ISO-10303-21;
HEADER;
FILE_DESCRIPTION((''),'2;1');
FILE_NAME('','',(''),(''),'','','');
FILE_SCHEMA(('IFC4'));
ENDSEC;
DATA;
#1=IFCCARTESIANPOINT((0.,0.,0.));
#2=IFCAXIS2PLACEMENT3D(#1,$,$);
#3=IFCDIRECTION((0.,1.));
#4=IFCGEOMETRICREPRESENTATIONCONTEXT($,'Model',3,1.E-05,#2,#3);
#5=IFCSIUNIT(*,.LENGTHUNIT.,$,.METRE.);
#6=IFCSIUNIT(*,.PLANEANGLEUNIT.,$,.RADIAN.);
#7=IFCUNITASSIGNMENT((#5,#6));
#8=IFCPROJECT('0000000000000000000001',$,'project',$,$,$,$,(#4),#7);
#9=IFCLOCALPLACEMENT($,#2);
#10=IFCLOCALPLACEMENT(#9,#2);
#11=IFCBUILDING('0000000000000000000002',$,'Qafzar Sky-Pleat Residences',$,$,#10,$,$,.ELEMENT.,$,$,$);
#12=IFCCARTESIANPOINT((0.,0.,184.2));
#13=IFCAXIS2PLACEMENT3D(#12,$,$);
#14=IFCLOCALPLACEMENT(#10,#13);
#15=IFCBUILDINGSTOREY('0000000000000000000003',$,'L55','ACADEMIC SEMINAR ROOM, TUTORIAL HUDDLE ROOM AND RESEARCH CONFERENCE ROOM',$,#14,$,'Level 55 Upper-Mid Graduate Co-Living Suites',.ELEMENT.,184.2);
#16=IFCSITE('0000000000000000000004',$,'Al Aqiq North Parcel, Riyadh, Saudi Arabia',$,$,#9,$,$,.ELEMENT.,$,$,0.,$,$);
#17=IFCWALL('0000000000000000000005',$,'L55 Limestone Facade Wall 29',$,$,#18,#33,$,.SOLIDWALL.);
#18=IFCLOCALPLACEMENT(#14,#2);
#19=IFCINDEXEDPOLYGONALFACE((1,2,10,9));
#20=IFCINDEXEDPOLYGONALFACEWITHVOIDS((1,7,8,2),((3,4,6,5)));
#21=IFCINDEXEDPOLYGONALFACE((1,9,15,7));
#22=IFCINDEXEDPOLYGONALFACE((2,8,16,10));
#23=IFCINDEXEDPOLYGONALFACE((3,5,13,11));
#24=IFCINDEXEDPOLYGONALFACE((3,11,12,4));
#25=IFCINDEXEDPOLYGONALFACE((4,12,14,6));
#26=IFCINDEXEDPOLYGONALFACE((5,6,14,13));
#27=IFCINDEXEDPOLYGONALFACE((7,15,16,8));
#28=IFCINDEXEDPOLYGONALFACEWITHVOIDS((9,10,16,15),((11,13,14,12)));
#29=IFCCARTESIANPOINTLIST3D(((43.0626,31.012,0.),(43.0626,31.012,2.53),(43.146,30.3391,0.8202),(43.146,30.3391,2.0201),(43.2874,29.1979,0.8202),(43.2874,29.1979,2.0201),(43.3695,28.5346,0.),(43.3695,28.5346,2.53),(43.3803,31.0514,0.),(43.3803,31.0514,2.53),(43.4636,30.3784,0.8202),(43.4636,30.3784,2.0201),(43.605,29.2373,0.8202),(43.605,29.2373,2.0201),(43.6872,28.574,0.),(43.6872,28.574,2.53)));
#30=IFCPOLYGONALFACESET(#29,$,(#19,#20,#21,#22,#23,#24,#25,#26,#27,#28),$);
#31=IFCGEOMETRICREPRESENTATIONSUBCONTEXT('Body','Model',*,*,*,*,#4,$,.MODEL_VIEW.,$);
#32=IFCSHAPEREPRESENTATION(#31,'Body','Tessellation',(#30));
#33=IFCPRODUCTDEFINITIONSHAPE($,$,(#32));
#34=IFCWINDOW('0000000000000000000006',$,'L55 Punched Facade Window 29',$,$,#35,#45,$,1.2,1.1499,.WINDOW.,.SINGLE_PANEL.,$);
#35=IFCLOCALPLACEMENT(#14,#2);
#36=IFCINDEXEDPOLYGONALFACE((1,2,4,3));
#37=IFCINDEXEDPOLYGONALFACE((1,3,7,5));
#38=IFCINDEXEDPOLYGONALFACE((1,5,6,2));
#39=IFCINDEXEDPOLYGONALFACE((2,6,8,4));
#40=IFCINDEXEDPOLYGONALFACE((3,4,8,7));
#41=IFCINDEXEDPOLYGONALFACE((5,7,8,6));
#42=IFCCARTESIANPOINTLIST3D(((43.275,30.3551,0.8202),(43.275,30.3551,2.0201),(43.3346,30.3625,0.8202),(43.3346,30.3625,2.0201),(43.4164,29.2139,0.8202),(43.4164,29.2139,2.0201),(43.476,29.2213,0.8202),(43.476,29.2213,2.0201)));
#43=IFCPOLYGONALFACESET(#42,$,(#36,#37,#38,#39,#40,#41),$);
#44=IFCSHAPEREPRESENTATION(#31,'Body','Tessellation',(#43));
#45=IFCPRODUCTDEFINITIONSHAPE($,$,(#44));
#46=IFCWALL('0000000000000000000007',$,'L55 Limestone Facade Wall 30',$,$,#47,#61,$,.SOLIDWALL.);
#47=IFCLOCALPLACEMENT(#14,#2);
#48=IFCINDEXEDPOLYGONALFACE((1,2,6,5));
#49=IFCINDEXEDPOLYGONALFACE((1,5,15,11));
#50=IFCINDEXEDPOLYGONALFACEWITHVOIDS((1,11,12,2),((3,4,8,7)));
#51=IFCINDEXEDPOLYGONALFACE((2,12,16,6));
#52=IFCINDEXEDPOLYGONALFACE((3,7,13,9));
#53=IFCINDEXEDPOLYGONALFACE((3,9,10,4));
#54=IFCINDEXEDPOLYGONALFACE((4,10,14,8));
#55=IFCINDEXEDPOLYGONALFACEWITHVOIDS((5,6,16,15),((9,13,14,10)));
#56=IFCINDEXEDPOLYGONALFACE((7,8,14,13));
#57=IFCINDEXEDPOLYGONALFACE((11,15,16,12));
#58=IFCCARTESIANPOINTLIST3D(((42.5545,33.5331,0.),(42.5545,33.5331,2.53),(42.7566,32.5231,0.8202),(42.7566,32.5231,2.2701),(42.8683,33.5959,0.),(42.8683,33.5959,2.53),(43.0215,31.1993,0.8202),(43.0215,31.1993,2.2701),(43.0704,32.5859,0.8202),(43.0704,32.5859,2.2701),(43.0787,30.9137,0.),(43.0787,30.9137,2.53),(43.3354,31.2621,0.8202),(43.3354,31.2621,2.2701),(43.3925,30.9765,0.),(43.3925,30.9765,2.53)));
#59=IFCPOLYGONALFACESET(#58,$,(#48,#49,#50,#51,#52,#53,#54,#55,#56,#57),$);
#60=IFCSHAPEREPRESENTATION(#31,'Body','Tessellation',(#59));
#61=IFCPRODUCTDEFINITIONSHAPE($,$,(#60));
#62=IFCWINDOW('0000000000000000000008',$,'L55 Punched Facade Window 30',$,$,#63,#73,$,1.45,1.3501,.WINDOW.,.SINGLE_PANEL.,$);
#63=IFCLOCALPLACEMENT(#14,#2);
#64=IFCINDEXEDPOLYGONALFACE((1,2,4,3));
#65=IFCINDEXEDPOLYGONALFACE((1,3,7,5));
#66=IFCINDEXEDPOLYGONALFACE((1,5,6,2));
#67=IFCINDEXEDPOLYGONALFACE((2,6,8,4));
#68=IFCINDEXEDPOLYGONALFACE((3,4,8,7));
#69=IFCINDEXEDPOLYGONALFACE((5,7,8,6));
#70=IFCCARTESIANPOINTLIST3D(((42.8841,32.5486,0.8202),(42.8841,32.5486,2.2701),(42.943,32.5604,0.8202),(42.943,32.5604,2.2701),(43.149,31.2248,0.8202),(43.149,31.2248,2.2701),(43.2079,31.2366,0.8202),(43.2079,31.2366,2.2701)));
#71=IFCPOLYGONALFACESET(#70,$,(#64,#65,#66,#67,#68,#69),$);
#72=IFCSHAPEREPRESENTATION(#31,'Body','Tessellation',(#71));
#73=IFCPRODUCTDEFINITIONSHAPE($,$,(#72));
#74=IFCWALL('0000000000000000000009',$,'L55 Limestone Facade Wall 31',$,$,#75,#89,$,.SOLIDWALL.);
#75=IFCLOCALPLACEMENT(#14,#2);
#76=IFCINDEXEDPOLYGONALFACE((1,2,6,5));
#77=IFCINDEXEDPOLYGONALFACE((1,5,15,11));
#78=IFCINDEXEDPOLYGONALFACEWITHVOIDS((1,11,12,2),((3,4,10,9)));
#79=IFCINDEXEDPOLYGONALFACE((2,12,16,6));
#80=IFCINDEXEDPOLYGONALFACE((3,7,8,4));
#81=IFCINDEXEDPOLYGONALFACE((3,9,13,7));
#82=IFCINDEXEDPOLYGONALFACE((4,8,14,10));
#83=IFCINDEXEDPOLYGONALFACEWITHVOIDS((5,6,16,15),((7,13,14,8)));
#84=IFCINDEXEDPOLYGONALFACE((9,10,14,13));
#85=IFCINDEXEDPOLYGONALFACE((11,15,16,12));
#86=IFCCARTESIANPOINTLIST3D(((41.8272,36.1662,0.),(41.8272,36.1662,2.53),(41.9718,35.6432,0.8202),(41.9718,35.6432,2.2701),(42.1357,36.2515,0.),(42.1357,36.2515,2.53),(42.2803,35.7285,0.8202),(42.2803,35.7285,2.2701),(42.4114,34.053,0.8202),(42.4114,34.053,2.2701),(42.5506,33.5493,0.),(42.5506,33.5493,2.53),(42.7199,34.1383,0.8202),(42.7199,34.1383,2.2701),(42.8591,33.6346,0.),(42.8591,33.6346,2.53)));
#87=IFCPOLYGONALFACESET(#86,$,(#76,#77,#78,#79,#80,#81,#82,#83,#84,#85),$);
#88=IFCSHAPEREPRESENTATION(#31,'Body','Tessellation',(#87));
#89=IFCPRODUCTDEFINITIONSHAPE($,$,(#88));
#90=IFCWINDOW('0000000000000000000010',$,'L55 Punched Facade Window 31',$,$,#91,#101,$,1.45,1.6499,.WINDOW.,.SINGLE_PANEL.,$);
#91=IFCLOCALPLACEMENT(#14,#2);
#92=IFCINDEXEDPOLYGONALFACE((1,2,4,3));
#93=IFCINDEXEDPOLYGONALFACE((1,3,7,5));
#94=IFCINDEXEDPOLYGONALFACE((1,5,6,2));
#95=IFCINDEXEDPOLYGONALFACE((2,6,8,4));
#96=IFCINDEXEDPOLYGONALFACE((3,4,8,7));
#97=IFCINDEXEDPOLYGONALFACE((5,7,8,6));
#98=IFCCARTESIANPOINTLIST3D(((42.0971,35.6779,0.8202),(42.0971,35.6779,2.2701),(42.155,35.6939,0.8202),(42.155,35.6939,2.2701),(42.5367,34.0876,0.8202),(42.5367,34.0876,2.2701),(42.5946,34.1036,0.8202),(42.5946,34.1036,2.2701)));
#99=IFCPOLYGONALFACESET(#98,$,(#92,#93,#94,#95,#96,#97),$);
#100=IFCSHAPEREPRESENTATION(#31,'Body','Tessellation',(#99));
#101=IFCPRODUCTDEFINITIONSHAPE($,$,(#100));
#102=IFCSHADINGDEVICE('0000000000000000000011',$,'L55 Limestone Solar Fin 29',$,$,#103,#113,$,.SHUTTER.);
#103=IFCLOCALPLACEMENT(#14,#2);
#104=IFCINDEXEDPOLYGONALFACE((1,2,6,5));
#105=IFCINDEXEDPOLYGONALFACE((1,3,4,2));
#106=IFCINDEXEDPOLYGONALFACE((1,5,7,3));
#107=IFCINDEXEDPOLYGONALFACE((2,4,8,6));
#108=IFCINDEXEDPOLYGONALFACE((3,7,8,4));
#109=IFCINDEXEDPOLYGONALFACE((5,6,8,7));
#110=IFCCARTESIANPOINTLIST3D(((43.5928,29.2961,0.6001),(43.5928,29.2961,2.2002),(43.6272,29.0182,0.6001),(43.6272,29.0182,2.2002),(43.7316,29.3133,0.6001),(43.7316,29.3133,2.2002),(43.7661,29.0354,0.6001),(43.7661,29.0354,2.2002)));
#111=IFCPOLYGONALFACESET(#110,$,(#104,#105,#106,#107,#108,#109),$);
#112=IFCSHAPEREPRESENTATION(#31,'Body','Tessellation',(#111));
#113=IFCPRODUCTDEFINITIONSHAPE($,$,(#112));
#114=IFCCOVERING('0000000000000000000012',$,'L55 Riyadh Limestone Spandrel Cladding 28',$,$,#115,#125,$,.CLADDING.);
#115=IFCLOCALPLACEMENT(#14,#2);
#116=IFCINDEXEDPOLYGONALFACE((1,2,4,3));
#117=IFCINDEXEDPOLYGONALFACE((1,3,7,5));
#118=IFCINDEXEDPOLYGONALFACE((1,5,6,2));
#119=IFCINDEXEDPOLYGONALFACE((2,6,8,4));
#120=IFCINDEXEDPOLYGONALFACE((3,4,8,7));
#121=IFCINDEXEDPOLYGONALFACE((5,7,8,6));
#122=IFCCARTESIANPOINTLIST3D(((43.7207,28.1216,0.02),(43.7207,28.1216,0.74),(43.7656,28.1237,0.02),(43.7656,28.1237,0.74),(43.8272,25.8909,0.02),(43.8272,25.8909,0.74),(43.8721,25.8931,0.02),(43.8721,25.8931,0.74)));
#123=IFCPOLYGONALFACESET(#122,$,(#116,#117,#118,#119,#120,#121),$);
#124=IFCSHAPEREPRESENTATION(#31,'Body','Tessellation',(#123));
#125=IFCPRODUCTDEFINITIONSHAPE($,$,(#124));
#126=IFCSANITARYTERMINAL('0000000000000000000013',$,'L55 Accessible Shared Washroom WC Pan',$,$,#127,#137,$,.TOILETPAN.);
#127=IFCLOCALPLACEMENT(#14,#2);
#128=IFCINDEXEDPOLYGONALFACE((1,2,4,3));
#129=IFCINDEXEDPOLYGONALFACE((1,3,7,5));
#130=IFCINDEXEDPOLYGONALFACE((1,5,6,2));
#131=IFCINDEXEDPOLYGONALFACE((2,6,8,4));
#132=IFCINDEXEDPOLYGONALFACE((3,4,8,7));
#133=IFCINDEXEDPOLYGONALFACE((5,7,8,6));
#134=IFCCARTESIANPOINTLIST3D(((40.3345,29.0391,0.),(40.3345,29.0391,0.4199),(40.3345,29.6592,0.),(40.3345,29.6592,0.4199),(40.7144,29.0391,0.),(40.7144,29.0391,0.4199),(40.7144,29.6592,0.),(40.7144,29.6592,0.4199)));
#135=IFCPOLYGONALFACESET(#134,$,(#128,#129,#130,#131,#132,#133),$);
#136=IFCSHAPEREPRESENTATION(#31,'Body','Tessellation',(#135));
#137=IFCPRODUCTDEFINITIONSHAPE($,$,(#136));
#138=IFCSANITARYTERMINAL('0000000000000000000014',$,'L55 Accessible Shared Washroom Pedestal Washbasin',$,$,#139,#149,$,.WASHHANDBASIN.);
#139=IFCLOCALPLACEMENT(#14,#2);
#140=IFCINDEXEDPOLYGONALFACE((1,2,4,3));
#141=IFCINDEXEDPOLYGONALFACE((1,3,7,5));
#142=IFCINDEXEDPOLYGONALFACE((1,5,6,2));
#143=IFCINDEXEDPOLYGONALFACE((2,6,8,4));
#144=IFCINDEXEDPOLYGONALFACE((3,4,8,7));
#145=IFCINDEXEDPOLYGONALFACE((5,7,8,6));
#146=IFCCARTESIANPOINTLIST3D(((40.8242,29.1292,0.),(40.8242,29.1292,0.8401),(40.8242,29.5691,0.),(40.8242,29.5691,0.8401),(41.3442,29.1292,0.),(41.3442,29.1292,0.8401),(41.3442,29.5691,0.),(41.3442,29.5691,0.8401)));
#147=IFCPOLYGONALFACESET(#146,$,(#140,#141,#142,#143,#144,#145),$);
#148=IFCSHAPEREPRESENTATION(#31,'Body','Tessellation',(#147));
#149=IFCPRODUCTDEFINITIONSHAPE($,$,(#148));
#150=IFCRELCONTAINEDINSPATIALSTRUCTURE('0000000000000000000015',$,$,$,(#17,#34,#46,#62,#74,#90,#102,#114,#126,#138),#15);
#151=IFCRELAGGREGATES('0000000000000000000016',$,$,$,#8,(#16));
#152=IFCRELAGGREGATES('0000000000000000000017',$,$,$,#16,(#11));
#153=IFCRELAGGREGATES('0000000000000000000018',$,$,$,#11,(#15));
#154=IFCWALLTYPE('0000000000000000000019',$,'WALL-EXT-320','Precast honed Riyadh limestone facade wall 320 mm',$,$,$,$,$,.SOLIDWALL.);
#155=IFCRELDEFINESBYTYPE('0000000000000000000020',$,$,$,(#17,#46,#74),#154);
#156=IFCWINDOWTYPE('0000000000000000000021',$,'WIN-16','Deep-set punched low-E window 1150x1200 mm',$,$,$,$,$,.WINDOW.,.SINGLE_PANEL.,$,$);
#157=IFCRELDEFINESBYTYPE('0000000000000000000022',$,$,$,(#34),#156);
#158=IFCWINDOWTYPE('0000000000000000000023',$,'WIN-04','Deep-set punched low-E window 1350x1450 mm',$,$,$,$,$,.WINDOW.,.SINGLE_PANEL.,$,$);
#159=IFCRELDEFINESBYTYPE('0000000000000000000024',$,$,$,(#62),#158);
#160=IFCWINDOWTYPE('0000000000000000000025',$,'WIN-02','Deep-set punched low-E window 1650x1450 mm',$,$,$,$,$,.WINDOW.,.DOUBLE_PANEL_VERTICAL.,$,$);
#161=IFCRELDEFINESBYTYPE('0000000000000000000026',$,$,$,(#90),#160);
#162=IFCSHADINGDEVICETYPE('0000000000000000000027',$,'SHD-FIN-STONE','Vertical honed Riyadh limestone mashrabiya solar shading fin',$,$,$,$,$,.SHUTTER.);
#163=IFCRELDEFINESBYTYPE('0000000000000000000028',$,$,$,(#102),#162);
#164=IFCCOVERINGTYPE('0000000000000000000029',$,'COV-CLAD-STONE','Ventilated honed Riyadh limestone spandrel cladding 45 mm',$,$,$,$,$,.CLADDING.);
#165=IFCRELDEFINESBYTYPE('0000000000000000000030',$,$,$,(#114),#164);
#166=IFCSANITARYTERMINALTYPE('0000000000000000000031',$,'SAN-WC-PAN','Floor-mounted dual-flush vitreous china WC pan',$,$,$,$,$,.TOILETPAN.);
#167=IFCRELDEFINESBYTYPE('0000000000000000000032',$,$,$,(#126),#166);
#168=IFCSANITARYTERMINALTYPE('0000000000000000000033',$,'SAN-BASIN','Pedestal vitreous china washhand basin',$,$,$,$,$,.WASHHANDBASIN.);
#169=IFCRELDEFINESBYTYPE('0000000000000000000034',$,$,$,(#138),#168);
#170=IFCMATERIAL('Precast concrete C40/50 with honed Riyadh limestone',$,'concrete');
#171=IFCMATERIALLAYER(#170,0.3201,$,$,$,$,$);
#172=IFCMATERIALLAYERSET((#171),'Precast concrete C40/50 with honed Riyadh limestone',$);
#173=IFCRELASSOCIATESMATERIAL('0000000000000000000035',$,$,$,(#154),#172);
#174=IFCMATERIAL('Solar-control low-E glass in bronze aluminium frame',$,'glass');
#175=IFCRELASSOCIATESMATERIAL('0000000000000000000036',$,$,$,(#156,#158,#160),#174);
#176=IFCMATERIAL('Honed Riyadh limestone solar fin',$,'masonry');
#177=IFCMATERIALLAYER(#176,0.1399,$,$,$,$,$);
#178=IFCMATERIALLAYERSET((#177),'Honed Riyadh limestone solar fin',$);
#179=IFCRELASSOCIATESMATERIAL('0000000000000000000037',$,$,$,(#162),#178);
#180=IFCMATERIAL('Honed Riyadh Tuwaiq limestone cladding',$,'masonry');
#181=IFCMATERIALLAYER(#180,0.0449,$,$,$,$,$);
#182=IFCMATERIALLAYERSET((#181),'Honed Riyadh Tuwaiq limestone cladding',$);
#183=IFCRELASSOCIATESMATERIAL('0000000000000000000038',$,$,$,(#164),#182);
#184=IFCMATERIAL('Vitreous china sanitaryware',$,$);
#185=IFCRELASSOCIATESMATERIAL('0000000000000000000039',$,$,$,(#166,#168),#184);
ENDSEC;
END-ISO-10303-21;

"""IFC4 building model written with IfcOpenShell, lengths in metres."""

from ifc_helpers import new_model, si_unit, direction, frame, frame_2d, origin, origin_2d, place, context, subcontext, project, spatial, rectangle, extrude, source, transform, mapped, material, layer, layer_set, type_object, element, fill, save


model = new_model("IFC4")

# Units and contexts
model_context = context("Model", 3, precision=1e-05, world=origin(), true_north=direction((0.0, 1.0)))
body_context = subcontext(model_context, "Body", "Model", "MODEL_VIEW")
ifc_project = project(units=[si_unit("LENGTHUNIT", "METRE"), si_unit("PLANEANGLEUNIT", "RADIAN")], contexts=[model_context])

# Site, building, storey
site_placement = place(None, origin())
site = spatial("IfcSite", under=ifc_project, at=site_placement, Name="Al Aqiq North Parcel, Riyadh, Saudi Arabia", CompositionType="ELEMENT", RefElevation=0.0)
building_placement = place(site_placement, origin())
building = spatial("IfcBuilding", under=site, at=building_placement, Name="Qafzar Sky-Pleat Residences", CompositionType="ELEMENT")
storey_placement = place(building_placement, frame((0.0, 0.0, 184.2)))
storey = spatial("IfcBuildingStorey", under=building, at=storey_placement, Name="L55", Description="ACADEMIC SEMINAR ROOM, TUTORIAL HUDDLE ROOM AND RESEARCH CONFERENCE ROOM", LongName="Level 55 Upper-Mid Graduate Co-Living Suites", CompositionType="ELEMENT", Elevation=184.2)

# Walls, openings, windows
ifc_material_1 = material(Name="Precast concrete C40/50 with honed Riyadh limestone", Category="concrete")
ifc_layer_1 = layer(ifc_material_1, 0.3201)
ifc_layer_set_1 = layer_set([ifc_layer_1], Name="Precast concrete C40/50 with honed Riyadh limestone")
wall_type_1 = type_object("IfcWallType", Name="WALL-EXT-320", Description="Precast honed Riyadh limestone facade wall 320 mm", PredefinedType="SOLIDWALL", material=ifc_layer_set_1)
wall_1_placement = place(storey_placement, frame((43.5283, 28.5544, 0.0), z_axis=(0.0, 0.0, 1.0), x_axis=(-0.122939, 0.992414, 0.0)))
wall_1 = element("IfcWall", 1, at=wall_1_placement, inside=storey, type_object=wall_type_1, Name="L55 Limestone Facade Wall 29", PredefinedType="SOLIDWALL", context=body_context, shape_type="SweptSolid", body=[
    extrude(rectangle(XDim=2.4963, YDim=0.3201, at=frame_2d((1.248, 0.0))), origin(), (0.0, 0.0, 1.0), 2.53),
])
opening_1_placement = place(wall_1_placement, frame((0.6682, 0.0, 0.8201)))
opening_1 = element("IfcOpeningElement", 2, at=opening_1_placement, cuts=wall_1, PredefinedType="OPENING", context=body_context, shape_type="SweptSolid", body=[
    extrude(rectangle(XDim=1.1499, YDim=1.2, at=frame_2d((0.575, 0.6001))), frame((0.0, 0.1699, 0.0), z_axis=(0.0, -1.0, 0.0), x_axis=(1.0, 0.0, 0.0)), (0.0, 0.0, 1.0), 0.3401),
])
ifc_material_2 = material(Name="Solar-control low-E glass in bronze aluminium frame", Category="glass")
window_type_1 = type_object("IfcWindowType", Name="WIN-16", Description="Deep-set punched low-E window 1150x1200 mm", PartitioningType="SINGLE_PANEL", PredefinedType="WINDOW", material=ifc_material_2)
shared_shape_1 = source(origin(), body_context, "Body", "SweptSolid", [
    extrude(rectangle(XDim=1.1499, YDim=1.2, at=frame_2d((0.575, 0.6001))), frame((0.0, 0.03, 0.0), z_axis=(0.0, -1.0, 0.0), x_axis=(1.0, 0.0, 0.0)), (0.0, 0.0, 1.0), 0.0601),
])
window_1_placement = place(opening_1_placement, origin())
window_1 = element("IfcWindow", 3, at=window_1_placement, inside=storey, type_object=window_type_1, Name="L55 Punched Facade Window 29", OverallHeight=1.2, OverallWidth=1.1499, PartitioningType="SINGLE_PANEL", PredefinedType="WINDOW", context=body_context, shape_type="MappedRepresentation", body=[
    mapped(shared_shape_1, transform((0.0, 0.0, 0.0), x_axis=(1.0, 0.0, 0.0), y_axis=(0.0, 1.0, 0.0), z_axis=(0.0, 0.0, 1.0), scale=1.0)),
])
fill(opening_1, window_1)
wall_2_placement = place(storey_placement, frame((43.2356, 30.9451, 0.0), z_axis=(0.0, 0.0, 1.0), x_axis=(-0.196222, 0.98056, 0.0)))
wall_2 = element("IfcWall", 4, at=wall_2_placement, inside=storey, type_object=wall_type_1, Name="L55 Limestone Facade Wall 30", PredefinedType="SOLIDWALL", context=body_context, shape_type="SweptSolid", body=[
    extrude(rectangle(XDim=2.6714, YDim=0.3201, at=frame_2d((1.3357, 0.0))), origin(), (0.0, 0.0, 1.0), 2.53),
])
opening_2_placement = place(wall_2_placement, frame((0.2913, 0.0, 0.8201)))
opening_2 = element("IfcOpeningElement", 5, at=opening_2_placement, cuts=wall_2, PredefinedType="OPENING", context=body_context, shape_type="SweptSolid", body=[
    extrude(rectangle(XDim=1.3501, YDim=1.45, at=frame_2d((0.675, 0.7251))), frame((0.0, 0.1699, 0.0), z_axis=(0.0, -1.0, 0.0), x_axis=(1.0, 0.0, 0.0)), (0.0, 0.0, 1.0), 0.3401),
])
window_type_2 = type_object("IfcWindowType", Name="WIN-04", Description="Deep-set punched low-E window 1350x1450 mm", PartitioningType="SINGLE_PANEL", PredefinedType="WINDOW", material=ifc_material_2)
shared_shape_2 = source(origin(), body_context, "Body", "SweptSolid", [
    extrude(rectangle(XDim=1.3501, YDim=1.45, at=frame_2d((0.675, 0.7251))), frame((0.0, 0.03, 0.0), z_axis=(0.0, -1.0, 0.0), x_axis=(1.0, 0.0, 0.0)), (0.0, 0.0, 1.0), 0.0601),
])
window_2_placement = place(opening_2_placement, origin())
window_2 = element("IfcWindow", 6, at=window_2_placement, inside=storey, type_object=window_type_2, Name="L55 Punched Facade Window 30", OverallHeight=1.45, OverallWidth=1.3501, PartitioningType="SINGLE_PANEL", PredefinedType="WINDOW", context=body_context, shape_type="MappedRepresentation", body=[
    mapped(shared_shape_2, transform((0.0, 0.0, 0.0), x_axis=(1.0, 0.0, 0.0), y_axis=(0.0, 1.0, 0.0), z_axis=(0.0, 0.0, 1.0), scale=1.0)),
])
fill(opening_2, window_2)
wall_3_placement = place(storey_placement, frame((42.7048, 33.592, 0.0), z_axis=(0.0, 0.0, 1.0), x_axis=(-0.266433, 0.963853, 0.0)))
wall_3 = element("IfcWall", 7, at=wall_3_placement, inside=storey, type_object=wall_type_1, Name="L55 Limestone Facade Wall 31", PredefinedType="SOLIDWALL", context=body_context, shape_type="SweptSolid", body=[
    extrude(rectangle(XDim=2.7151, YDim=0.3201, at=frame_2d((1.3574, 0.0))), origin(), (0.0, 0.0, 1.0), 2.53),
])
opening_3_placement = place(wall_3_placement, frame((0.5225, 0.0, 0.8201)))
opening_3 = element("IfcOpeningElement", 8, at=opening_3_placement, cuts=wall_3, PredefinedType="OPENING", context=body_context, shape_type="SweptSolid", body=[
    extrude(rectangle(XDim=1.6499, YDim=1.45, at=frame_2d((0.825, 0.7251))), frame((0.0, 0.1699, 0.0), z_axis=(0.0, -1.0, 0.0), x_axis=(1.0, 0.0, 0.0)), (0.0, 0.0, 1.0), 0.3401),
])
window_type_3 = type_object("IfcWindowType", Name="WIN-02", Description="Deep-set punched low-E window 1650x1450 mm", PartitioningType="DOUBLE_PANEL_VERTICAL", PredefinedType="WINDOW", material=ifc_material_2)
shared_shape_3 = source(origin(), body_context, "Body", "SweptSolid", [
    extrude(rectangle(XDim=1.6499, YDim=1.45, at=frame_2d((0.825, 0.7251))), frame((0.0, 0.03, 0.0), z_axis=(0.0, -1.0, 0.0), x_axis=(1.0, 0.0, 0.0)), (0.0, 0.0, 1.0), 0.0601),
])
window_3_placement = place(opening_3_placement, origin())
window_3 = element("IfcWindow", 9, at=window_3_placement, inside=storey, type_object=window_type_3, Name="L55 Punched Facade Window 31", OverallHeight=1.45, OverallWidth=1.6499, PartitioningType="SINGLE_PANEL", PredefinedType="WINDOW", context=body_context, shape_type="MappedRepresentation", body=[
    mapped(shared_shape_3, transform((0.0, 0.0, 0.0), x_axis=(1.0, 0.0, 0.0), y_axis=(0.0, 1.0, 0.0), z_axis=(0.0, 0.0, 1.0), scale=1.0)),
])
fill(opening_3, window_3)

# Shading device
ifc_material_3 = material(Name="Honed Riyadh limestone solar fin", Category="masonry")
ifc_layer_2 = layer(ifc_material_3, 0.1399)
ifc_layer_set_2 = layer_set([ifc_layer_2], Name="Honed Riyadh limestone solar fin")
shading_device_type = type_object("IfcShadingDeviceType", Name="SHD-FIN-STONE", Description="Vertical honed Riyadh limestone mashrabiya solar shading fin", PredefinedType="SHUTTER", material=ifc_layer_set_2)
shared_shape_4 = source(origin(), body_context, "Body", "SweptSolid", [
    extrude(rectangle(XDim=0.1399, YDim=0.28, at=origin_2d()), origin(), (0.0, 0.0, 1.0), 1.6001),
])
shading_device_placement = place(storey_placement, frame((43.6794, 29.1658, 0.6001), z_axis=(0.0, 0.0, 1.0), x_axis=(0.992415, 0.122937, 0.0)))
element("IfcShadingDevice", 10, at=shading_device_placement, inside=storey, type_object=shading_device_type, Name="L55 Limestone Solar Fin 29", PredefinedType="SHUTTER", context=body_context, shape_type="MappedRepresentation", body=[
    mapped(shared_shape_4, transform((0.0, 0.0, 0.0), x_axis=(1.0, 0.0, 0.0), y_axis=(0.0, 1.0, 0.0), z_axis=(0.0, 0.0, 1.0), scale=1.0)),
])

# Covering
ifc_material_4 = material(Name="Honed Riyadh Tuwaiq limestone cladding", Category="masonry")
ifc_layer_3 = layer(ifc_material_4, 0.0449)
ifc_layer_set_3 = layer_set([ifc_layer_3], Name="Honed Riyadh Tuwaiq limestone cladding")
covering_type = type_object("IfcCoveringType", Name="COV-CLAD-STONE", Description="Ventilated honed Riyadh limestone spandrel cladding 45 mm", PredefinedType="CLADDING", material=ifc_layer_set_3)
shared_shape_5 = source(origin(), body_context, "Body", "SweptSolid", [
    extrude(rectangle(XDim=2.2332, YDim=0.0449, at=origin_2d()), origin(), (0.0, 0.0, 1.0), 0.72),
])
covering_placement = place(storey_placement, frame((43.7964, 27.0073, 0.02), z_axis=(0.0, 0.0, 1.0), x_axis=(-0.047674, 0.998863, 0.0)))
element("IfcCovering", 11, at=covering_placement, inside=storey, type_object=covering_type, Name="L55 Riyadh Limestone Spandrel Cladding 28", PredefinedType="CLADDING", context=body_context, shape_type="MappedRepresentation", body=[
    mapped(shared_shape_5, transform((0.0, 0.0, 0.0), x_axis=(1.0, 0.0, 0.0), y_axis=(0.0, 1.0, 0.0), z_axis=(0.0, 0.0, 1.0), scale=1.0)),
])

# Sanitary terminals
ifc_material_5 = material(Name="Vitreous china sanitaryware")
sanitary_terminal_type_1 = type_object("IfcSanitaryTerminalType", Name="SAN-WC-PAN", Description="Floor-mounted dual-flush vitreous china WC pan", PredefinedType="TOILETPAN", material=ifc_material_5)
shared_shape_6 = source(origin(), body_context, "Body", "SweptSolid", [
    extrude(rectangle(XDim=0.3799, YDim=0.6201, at=origin_2d()), origin(), (0.0, 0.0, 1.0), 0.4199),
])
sanitary_terminal_1_placement = place(storey_placement, frame((40.5244, 29.3491, 0.0), z_axis=(0.0, 0.0, 1.0), x_axis=(1.0, 0.0, 0.0)))
element("IfcSanitaryTerminal", 12, at=sanitary_terminal_1_placement, inside=storey, type_object=sanitary_terminal_type_1, Name="L55 Accessible Shared Washroom WC Pan", PredefinedType="TOILETPAN", context=body_context, shape_type="MappedRepresentation", body=[
    mapped(shared_shape_6, transform((0.0, 0.0, 0.0), x_axis=(1.0, 0.0, 0.0), y_axis=(0.0, 1.0, 0.0), z_axis=(0.0, 0.0, 1.0), scale=1.0)),
])
sanitary_terminal_type_2 = type_object("IfcSanitaryTerminalType", Name="SAN-BASIN", Description="Pedestal vitreous china washhand basin", PredefinedType="WASHHANDBASIN", material=ifc_material_5)
shared_shape_7 = source(origin(), body_context, "Body", "SweptSolid", [
    extrude(rectangle(XDim=0.52, YDim=0.4399, at=origin_2d()), origin(), (0.0, 0.0, 1.0), 0.8401),
])
sanitary_terminal_2_placement = place(storey_placement, frame((41.0842, 29.3491, 0.0), z_axis=(0.0, 0.0, 1.0), x_axis=(1.0, 0.0, 0.0)))
element("IfcSanitaryTerminal", 13, at=sanitary_terminal_2_placement, inside=storey, type_object=sanitary_terminal_type_2, Name="L55 Accessible Shared Washroom Pedestal Washbasin", PredefinedType="WASHHANDBASIN", context=body_context, shape_type="MappedRepresentation", body=[
    mapped(shared_shape_7, transform((0.0, 0.0, 0.0), x_axis=(1.0, 0.0, 0.0), y_axis=(0.0, 1.0, 0.0), z_axis=(0.0, 0.0, 1.0), scale=1.0)),
])

save(model, "model.ifc")
